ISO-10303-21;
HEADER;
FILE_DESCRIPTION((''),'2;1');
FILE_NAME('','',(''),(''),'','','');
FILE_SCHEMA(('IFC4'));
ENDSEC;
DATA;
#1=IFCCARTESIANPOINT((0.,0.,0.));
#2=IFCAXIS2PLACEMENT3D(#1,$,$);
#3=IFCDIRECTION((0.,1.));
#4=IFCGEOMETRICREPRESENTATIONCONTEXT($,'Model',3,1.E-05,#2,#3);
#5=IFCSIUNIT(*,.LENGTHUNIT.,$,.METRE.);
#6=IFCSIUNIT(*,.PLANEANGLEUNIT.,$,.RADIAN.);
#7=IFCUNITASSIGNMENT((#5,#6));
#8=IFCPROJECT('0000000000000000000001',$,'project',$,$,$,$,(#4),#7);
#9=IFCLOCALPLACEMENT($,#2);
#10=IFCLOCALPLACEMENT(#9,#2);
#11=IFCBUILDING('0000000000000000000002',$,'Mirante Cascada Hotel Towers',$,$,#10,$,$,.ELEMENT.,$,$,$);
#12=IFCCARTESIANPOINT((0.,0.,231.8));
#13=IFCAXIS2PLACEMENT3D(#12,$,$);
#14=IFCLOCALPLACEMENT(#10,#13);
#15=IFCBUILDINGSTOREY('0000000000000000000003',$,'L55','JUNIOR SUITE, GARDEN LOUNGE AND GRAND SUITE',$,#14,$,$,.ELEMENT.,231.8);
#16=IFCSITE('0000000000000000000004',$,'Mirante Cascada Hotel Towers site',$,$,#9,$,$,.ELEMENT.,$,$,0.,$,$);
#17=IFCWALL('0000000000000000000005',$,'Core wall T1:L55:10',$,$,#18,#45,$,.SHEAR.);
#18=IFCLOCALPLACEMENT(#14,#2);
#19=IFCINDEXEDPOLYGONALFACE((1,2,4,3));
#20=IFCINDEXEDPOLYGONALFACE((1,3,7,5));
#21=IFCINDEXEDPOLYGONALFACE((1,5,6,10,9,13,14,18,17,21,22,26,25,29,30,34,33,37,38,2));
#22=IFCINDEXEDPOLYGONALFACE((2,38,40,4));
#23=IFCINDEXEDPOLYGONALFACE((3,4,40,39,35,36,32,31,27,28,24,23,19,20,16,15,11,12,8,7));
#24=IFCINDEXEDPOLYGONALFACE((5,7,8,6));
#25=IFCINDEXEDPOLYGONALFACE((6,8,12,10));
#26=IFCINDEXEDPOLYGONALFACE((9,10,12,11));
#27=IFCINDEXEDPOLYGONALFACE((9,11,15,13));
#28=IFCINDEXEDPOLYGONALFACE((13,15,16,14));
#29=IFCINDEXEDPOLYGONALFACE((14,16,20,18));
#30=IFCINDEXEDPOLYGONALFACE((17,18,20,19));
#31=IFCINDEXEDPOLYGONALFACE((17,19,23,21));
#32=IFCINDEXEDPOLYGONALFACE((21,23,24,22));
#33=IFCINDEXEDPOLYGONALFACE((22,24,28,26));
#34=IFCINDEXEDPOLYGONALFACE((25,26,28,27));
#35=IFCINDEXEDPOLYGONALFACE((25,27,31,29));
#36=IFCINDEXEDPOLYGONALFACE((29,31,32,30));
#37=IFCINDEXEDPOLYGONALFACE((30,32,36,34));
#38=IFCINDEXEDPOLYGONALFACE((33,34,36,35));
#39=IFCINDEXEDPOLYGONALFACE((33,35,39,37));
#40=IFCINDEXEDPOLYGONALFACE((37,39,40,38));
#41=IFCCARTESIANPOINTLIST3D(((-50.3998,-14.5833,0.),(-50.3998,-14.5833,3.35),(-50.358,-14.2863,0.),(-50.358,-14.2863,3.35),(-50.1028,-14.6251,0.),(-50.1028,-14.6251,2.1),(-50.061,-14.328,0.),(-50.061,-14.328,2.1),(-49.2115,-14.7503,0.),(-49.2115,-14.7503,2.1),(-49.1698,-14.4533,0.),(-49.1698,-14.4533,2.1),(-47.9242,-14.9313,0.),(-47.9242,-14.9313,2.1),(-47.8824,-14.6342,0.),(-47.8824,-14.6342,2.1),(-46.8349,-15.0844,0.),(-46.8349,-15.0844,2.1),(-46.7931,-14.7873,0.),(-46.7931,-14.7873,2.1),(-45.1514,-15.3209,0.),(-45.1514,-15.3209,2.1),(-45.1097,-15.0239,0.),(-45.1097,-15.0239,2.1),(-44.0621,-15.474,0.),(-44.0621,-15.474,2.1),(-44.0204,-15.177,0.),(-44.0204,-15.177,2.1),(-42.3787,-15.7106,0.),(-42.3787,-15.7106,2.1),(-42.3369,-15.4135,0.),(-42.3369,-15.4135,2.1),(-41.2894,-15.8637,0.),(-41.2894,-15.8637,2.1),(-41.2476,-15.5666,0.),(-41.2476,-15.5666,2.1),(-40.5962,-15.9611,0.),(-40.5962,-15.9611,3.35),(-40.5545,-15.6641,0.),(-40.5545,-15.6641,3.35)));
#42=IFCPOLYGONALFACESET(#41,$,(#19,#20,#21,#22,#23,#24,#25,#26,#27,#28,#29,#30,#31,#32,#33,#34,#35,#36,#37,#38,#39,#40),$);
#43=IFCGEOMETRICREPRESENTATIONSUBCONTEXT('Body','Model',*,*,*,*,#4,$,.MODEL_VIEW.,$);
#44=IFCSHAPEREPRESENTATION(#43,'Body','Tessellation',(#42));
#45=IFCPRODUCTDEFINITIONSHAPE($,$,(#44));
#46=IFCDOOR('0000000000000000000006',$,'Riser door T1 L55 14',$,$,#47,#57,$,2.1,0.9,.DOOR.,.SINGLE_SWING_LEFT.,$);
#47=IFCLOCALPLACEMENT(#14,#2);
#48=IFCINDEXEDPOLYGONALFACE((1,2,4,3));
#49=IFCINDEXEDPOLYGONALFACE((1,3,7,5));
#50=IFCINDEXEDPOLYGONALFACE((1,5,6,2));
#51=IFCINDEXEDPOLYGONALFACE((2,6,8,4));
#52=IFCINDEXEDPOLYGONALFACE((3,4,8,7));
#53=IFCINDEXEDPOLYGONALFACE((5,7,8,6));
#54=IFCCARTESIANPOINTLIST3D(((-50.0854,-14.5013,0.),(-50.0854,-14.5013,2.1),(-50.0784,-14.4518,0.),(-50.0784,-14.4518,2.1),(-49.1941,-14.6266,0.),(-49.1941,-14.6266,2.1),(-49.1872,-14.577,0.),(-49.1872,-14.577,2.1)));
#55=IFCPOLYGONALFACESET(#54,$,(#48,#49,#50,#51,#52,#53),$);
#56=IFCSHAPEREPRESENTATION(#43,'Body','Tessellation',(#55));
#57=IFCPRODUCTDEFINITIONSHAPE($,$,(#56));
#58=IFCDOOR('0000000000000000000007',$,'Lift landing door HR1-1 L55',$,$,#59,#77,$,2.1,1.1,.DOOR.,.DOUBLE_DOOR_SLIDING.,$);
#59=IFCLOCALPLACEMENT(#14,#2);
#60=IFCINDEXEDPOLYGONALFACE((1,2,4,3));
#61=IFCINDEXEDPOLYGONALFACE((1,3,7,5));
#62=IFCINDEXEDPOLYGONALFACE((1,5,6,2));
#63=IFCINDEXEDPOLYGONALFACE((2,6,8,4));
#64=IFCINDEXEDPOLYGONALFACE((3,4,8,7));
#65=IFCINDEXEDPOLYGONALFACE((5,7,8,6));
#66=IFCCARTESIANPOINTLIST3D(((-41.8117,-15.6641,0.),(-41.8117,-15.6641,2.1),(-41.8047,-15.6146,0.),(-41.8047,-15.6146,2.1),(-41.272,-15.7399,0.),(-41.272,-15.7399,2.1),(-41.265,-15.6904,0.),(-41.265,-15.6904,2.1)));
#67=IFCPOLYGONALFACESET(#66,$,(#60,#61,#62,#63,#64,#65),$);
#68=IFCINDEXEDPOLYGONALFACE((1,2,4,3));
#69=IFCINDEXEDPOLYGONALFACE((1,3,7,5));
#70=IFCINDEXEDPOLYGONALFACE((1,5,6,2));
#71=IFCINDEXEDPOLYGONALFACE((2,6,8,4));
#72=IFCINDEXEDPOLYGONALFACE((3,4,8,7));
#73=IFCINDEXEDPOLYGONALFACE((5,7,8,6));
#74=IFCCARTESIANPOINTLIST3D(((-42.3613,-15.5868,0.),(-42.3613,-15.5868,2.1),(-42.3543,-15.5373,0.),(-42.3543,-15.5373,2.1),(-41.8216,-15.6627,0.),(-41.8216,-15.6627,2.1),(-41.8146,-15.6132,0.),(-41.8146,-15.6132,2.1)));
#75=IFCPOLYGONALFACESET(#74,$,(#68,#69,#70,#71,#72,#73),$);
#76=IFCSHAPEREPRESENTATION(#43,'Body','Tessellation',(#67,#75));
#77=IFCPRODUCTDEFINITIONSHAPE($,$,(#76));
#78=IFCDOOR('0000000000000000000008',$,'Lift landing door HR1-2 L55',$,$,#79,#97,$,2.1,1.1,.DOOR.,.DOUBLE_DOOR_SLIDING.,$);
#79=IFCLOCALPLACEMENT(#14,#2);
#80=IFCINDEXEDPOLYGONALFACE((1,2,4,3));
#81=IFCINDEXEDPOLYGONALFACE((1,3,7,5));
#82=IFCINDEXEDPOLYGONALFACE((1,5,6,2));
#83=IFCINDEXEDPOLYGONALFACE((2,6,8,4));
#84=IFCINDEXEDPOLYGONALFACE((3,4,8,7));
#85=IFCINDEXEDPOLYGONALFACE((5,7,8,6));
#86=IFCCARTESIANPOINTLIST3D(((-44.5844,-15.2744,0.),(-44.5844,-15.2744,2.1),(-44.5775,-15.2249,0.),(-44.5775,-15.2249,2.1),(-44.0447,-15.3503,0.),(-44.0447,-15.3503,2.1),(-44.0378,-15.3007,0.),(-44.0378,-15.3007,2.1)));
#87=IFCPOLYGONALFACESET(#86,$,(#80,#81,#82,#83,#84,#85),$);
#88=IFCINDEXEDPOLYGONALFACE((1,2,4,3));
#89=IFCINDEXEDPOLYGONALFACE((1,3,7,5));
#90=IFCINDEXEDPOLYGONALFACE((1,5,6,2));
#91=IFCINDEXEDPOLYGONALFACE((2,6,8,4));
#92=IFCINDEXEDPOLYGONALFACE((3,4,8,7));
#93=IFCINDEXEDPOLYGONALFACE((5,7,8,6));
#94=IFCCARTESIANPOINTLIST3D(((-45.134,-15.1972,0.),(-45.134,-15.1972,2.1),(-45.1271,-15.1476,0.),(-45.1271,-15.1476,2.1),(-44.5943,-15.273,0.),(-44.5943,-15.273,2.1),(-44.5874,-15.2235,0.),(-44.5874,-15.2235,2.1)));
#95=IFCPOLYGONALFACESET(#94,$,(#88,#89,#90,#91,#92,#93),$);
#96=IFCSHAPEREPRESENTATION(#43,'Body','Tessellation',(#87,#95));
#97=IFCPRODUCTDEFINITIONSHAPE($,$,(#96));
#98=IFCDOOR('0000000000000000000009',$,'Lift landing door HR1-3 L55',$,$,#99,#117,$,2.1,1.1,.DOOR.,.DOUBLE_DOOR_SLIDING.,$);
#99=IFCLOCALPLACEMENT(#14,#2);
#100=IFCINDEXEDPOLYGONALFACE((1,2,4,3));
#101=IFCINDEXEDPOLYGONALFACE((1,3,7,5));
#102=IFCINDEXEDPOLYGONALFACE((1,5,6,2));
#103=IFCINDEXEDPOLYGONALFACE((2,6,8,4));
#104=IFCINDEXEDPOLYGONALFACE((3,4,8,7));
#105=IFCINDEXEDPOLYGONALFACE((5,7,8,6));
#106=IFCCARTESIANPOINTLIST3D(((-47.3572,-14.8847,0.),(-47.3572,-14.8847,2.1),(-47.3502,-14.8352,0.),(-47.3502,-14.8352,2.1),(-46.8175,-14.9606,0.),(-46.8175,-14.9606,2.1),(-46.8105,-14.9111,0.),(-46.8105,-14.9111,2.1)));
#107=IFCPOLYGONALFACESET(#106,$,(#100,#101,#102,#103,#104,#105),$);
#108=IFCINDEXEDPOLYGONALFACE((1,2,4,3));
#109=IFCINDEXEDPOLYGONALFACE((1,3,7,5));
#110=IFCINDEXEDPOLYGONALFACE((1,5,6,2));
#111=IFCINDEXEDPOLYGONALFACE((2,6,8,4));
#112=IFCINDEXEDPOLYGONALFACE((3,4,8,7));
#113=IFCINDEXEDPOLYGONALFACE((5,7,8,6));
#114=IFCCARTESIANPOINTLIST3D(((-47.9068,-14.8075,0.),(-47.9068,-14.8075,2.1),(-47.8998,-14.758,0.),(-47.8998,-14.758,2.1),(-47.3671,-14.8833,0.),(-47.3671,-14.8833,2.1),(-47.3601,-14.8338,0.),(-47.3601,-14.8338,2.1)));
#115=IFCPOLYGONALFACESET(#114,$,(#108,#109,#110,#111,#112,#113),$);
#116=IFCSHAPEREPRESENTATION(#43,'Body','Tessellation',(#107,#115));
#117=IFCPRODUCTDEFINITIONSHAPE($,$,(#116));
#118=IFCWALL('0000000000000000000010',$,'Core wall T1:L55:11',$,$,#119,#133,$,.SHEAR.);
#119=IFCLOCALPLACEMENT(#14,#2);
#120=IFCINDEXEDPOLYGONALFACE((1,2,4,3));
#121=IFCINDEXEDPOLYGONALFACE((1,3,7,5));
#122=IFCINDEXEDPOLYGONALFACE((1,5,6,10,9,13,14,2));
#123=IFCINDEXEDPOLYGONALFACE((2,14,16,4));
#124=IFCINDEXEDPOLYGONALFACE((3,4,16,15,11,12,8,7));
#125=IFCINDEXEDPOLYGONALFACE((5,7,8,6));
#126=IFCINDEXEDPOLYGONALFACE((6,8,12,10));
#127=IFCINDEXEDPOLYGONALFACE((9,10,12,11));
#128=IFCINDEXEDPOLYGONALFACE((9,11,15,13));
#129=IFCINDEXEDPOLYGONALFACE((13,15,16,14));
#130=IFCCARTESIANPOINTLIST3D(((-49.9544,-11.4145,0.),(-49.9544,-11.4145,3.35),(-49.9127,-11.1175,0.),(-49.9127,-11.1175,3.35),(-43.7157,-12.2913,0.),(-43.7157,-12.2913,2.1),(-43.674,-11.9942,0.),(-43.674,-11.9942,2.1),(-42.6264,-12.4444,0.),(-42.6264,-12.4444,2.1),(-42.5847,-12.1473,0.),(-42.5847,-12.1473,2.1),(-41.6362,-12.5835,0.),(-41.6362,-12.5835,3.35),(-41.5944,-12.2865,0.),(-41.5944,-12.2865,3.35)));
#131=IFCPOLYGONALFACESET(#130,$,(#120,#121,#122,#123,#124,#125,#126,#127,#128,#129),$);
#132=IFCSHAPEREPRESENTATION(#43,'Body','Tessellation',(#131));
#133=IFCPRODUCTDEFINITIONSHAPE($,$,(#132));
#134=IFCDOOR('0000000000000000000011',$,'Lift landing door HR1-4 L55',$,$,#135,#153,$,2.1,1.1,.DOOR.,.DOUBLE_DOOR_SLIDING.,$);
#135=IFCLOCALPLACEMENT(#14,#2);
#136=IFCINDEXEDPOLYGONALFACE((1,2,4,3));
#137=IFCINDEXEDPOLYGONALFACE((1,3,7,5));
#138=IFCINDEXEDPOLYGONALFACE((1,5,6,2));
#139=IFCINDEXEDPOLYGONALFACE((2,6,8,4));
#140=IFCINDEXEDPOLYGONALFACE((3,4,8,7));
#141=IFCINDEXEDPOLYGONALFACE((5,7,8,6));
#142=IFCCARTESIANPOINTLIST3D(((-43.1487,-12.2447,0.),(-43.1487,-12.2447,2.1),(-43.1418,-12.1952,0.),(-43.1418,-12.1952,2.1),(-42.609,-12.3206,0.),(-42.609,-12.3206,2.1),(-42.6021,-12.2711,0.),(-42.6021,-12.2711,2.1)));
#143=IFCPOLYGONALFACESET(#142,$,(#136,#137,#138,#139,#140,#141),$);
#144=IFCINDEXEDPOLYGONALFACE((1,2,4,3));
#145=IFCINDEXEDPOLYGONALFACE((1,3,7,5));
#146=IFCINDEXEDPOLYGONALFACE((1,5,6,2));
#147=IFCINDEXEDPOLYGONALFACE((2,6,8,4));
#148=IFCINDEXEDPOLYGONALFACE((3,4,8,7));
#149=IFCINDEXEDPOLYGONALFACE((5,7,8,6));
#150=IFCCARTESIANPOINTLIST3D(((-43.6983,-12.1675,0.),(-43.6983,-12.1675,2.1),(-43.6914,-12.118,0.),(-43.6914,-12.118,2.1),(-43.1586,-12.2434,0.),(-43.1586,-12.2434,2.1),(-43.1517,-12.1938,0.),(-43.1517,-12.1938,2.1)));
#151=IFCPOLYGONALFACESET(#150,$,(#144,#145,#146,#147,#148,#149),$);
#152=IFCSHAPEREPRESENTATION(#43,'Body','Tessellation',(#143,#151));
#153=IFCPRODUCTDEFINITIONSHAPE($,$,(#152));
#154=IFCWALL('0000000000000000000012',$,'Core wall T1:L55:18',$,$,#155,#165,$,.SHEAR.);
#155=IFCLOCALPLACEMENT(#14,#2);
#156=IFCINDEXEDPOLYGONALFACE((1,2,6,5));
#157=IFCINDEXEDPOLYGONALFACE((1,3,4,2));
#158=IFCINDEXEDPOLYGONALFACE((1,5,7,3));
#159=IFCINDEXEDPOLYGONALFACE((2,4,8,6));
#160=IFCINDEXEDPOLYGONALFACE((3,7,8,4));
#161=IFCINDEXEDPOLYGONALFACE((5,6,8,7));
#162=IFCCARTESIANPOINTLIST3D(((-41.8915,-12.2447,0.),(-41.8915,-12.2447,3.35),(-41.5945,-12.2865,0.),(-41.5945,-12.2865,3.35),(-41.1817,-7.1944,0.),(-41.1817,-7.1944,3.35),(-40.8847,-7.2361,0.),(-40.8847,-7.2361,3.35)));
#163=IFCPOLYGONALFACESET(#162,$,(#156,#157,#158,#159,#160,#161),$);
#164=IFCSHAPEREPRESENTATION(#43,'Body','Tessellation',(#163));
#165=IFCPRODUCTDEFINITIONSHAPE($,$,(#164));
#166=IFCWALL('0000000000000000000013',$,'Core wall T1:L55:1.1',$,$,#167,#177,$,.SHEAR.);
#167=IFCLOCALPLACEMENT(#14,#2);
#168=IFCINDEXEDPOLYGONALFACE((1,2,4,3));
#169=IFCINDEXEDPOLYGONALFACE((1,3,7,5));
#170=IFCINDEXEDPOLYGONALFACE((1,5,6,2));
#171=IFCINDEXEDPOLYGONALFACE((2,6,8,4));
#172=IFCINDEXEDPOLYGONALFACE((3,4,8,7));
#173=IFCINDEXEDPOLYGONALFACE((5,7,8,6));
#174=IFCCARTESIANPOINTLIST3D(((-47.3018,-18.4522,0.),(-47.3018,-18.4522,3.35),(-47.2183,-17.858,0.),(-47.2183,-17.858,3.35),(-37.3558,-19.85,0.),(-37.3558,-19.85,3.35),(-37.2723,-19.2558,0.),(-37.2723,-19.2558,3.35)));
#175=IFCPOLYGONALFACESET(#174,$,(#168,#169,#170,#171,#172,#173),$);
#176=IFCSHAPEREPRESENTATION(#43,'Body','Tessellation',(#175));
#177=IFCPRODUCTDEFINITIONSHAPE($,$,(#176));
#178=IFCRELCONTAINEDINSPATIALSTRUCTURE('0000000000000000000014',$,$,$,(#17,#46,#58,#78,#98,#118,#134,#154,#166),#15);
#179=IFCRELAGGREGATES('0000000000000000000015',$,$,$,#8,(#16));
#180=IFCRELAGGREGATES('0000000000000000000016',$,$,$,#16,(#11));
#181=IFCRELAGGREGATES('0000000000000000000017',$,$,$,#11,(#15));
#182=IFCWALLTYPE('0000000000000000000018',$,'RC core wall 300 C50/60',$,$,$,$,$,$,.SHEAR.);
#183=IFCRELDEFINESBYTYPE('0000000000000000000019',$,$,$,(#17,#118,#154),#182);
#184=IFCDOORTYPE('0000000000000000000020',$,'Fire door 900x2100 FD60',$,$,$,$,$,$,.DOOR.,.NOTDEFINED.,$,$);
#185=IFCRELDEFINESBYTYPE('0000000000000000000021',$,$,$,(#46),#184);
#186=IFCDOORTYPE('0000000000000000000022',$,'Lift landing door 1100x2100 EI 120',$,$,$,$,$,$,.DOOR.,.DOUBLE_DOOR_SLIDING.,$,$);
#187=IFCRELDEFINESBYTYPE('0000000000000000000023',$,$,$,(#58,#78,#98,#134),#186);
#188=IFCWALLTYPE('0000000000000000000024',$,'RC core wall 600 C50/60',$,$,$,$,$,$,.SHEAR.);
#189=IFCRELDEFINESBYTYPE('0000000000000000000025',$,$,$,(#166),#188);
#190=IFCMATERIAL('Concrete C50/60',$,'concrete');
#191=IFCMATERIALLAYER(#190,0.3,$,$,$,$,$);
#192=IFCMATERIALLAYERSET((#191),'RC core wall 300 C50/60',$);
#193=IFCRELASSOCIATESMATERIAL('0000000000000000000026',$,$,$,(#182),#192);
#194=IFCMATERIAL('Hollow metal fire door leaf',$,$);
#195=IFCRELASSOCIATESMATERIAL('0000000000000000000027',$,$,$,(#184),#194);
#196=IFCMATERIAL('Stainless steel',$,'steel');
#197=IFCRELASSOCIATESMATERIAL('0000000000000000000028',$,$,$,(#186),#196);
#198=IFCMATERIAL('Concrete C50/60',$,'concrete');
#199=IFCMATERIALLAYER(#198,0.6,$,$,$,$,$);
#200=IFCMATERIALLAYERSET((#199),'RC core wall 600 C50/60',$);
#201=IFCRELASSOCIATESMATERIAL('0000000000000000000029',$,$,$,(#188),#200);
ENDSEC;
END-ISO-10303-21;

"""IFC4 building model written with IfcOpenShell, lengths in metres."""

from ifc_helpers import new_model, si_unit, direction, frame, frame_2d, origin, place, context, subcontext, project, spatial, rectangle, extrude, material, layer, layer_set, type_object, element, fill, save


model = new_model("IFC4")

# Units and contexts
model_context = context("Model", 3, precision=1e-05, world=origin(), true_north=direction((0.0, 1.0)))
body_context = subcontext(model_context, "Body", "Model", "MODEL_VIEW")
ifc_project = project(units=[si_unit("LENGTHUNIT", "METRE"), si_unit("PLANEANGLEUNIT", "RADIAN")], contexts=[model_context])

# Site, building, storey
site_placement = place(None, origin())
site = spatial("IfcSite", under=ifc_project, at=site_placement, Name="Mirante Cascada Hotel Towers site", CompositionType="ELEMENT", RefElevation=0.0)
building_placement = place(site_placement, origin())
building = spatial("IfcBuilding", under=site, at=building_placement, Name="Mirante Cascada Hotel Towers", CompositionType="ELEMENT")
storey_placement = place(building_placement, frame((0.0, 0.0, 231.8)))
storey = spatial("IfcBuildingStorey", under=building, at=storey_placement, Name="L55", Description="JUNIOR SUITE, GARDEN LOUNGE AND GRAND SUITE", CompositionType="ELEMENT", Elevation=231.8)

# Shared definitions
ifc_material_1 = material(Name="Concrete C50/60", Category="concrete")
ifc_layer_1 = layer(ifc_material_1, 0.3)
ifc_layer_set_1 = layer_set([ifc_layer_1], Name="RC core wall 300 C50/60")
wall_type_1 = type_object("IfcWallType", Name="RC core wall 300 C50/60", PredefinedType="SHEAR", material=ifc_layer_set_1)

# Wall, openings, doors
wall_1_placement = place(storey_placement, frame((-40.5753, -15.8126, 0.0), z_axis=(0.0, 0.0, 1.0), x_axis=(-0.990268, 0.139173, 0.0)))
wall_1 = element("IfcWall", 1, at=wall_1_placement, inside=storey, type_object=wall_type_1, Name="Core wall T1:L55:10", PredefinedType="SHEAR", context=body_context, shape_type="SweptSolid", body=[
    extrude(rectangle(XDim=9.8999, YDim=0.3, at=frame_2d((4.95, 0.0))), origin(), (0.0, 0.0, 1.0), 3.35),
])
opening_1_placement = place(wall_1_placement, frame((0.7, 0.0, 0.0)))
opening_1 = element("IfcOpeningElement", 2, at=opening_1_placement, cuts=wall_1, PredefinedType="OPENING", context=body_context, shape_type="SweptSolid", body=[
    extrude(rectangle(XDim=1.1, YDim=2.1, at=frame_2d((0.55, 1.05))), frame((0.0, 0.15, 0.0), z_axis=(0.0, -1.0, 0.0), x_axis=(1.0, 0.0, 0.0)), (0.0, 0.0, 1.0), 0.3),
])
opening_2_placement = place(wall_1_placement, frame((3.5, 0.0, 0.0)))
opening_2 = element("IfcOpeningElement", 3, at=opening_2_placement, cuts=wall_1, PredefinedType="OPENING", context=body_context, shape_type="SweptSolid", body=[
    extrude(rectangle(XDim=1.1, YDim=2.1, at=frame_2d((0.55, 1.05))), frame((0.0, 0.15, 0.0), z_axis=(0.0, -1.0, 0.0), x_axis=(1.0, 0.0, 0.0)), (0.0, 0.0, 1.0), 0.3),
])
opening_3_placement = place(wall_1_placement, frame((6.3, 0.0, 0.0)))
opening_3 = element("IfcOpeningElement", 4, at=opening_3_placement, cuts=wall_1, PredefinedType="OPENING", context=body_context, shape_type="SweptSolid", body=[
    extrude(rectangle(XDim=1.1, YDim=2.1, at=frame_2d((0.55, 1.05))), frame((0.0, 0.15, 0.0), z_axis=(0.0, -1.0, 0.0), x_axis=(1.0, 0.0, 0.0)), (0.0, 0.0, 1.0), 0.3),
])
opening_4_placement = place(wall_1_placement, frame((8.7, 0.0, 0.0)))
opening_4 = element("IfcOpeningElement", 5, at=opening_4_placement, cuts=wall_1, PredefinedType="OPENING", context=body_context, shape_type="SweptSolid", body=[
    extrude(rectangle(XDim=0.9, YDim=2.1, at=frame_2d((0.45, 1.05))), frame((0.0, 0.15, 0.0), z_axis=(0.0, -1.0, 0.0), x_axis=(1.0, 0.0, 0.0)), (0.0, 0.0, 1.0), 0.3),
])
ifc_material_2 = material(Name="Hollow metal fire door leaf")
door_type_1 = type_object("IfcDoorType", Name="Fire door 900x2100 FD60", OperationType="NOTDEFINED", PredefinedType="DOOR", material=ifc_material_2)
door_1_placement = place(opening_4_placement, origin())
door_1 = element("IfcDoor", 6, at=door_1_placement, inside=storey, type_object=door_type_1, Name="Riser door T1 L55 14", OperationType="SINGLE_SWING_LEFT", OverallHeight=2.1, OverallWidth=0.9, PredefinedType="DOOR", context=body_context, shape_type="SweptSolid", body=[
    extrude(rectangle(XDim=0.9, YDim=2.1, at=frame_2d((0.45, 1.05))), frame((0.0, 0.025, 0.0), z_axis=(0.0, -1.0, 0.0), x_axis=(1.0, 0.0, 0.0)), (0.0, 0.0, 1.0), 0.05),
])
fill(opening_4, door_1)
ifc_material_3 = material(Name="Stainless steel", Category="steel")
door_type_2 = type_object("IfcDoorType", Name="Lift landing door 1100x2100 EI 120", OperationType="DOUBLE_DOOR_SLIDING", PredefinedType="DOOR", material=ifc_material_3)
door_2_placement = place(opening_1_placement, origin())
door_2 = element("IfcDoor", 7, at=door_2_placement, inside=storey, type_object=door_type_2, Name="Lift landing door HR1-1 L55", OperationType="DOUBLE_DOOR_SLIDING", OverallHeight=2.1, OverallWidth=1.1, PredefinedType="DOOR", context=body_context, shape_type="SweptSolid", body=[
    extrude(rectangle(XDim=0.545, YDim=2.1, at=frame_2d((0.2725, 1.05))), frame((0.0, 0.025, 0.0), z_axis=(0.0, -1.0, 0.0), x_axis=(1.0, 0.0, 0.0)), (0.0, 0.0, 1.0), 0.05),
    extrude(rectangle(XDim=0.545, YDim=2.1, at=frame_2d((0.8275, 1.05))), frame((0.0, 0.025, 0.0), z_axis=(0.0, -1.0, 0.0), x_axis=(1.0, 0.0, 0.0)), (0.0, 0.0, 1.0), 0.05),
])
fill(opening_1, door_2)
door_3_placement = place(opening_2_placement, origin())
door_3 = element("IfcDoor", 8, at=door_3_placement, inside=storey, type_object=door_type_2, Name="Lift landing door HR1-2 L55", OperationType="DOUBLE_DOOR_SLIDING", OverallHeight=2.1, OverallWidth=1.1, PredefinedType="DOOR", context=body_context, shape_type="SweptSolid", body=[
    extrude(rectangle(XDim=0.545, YDim=2.1, at=frame_2d((0.2725, 1.05))), frame((0.0, 0.025, 0.0), z_axis=(0.0, -1.0, 0.0), x_axis=(1.0, 0.0, 0.0)), (0.0, 0.0, 1.0), 0.05),
    extrude(rectangle(XDim=0.545, YDim=2.1, at=frame_2d((0.8275, 1.05))), frame((0.0, 0.025, 0.0), z_axis=(0.0, -1.0, 0.0), x_axis=(1.0, 0.0, 0.0)), (0.0, 0.0, 1.0), 0.05),
])
fill(opening_2, door_3)
door_4_placement = place(opening_3_placement, origin())
door_4 = element("IfcDoor", 9, at=door_4_placement, inside=storey, type_object=door_type_2, Name="Lift landing door HR1-3 L55", OperationType="DOUBLE_DOOR_SLIDING", OverallHeight=2.1, OverallWidth=1.1, PredefinedType="DOOR", context=body_context, shape_type="SweptSolid", body=[
    extrude(rectangle(XDim=0.545, YDim=2.1, at=frame_2d((0.2725, 1.05))), frame((0.0, 0.025, 0.0), z_axis=(0.0, -1.0, 0.0), x_axis=(1.0, 0.0, 0.0)), (0.0, 0.0, 1.0), 0.05),
    extrude(rectangle(XDim=0.545, YDim=2.1, at=frame_2d((0.8275, 1.05))), frame((0.0, 0.025, 0.0), z_axis=(0.0, -1.0, 0.0), x_axis=(1.0, 0.0, 0.0)), (0.0, 0.0, 1.0), 0.05),
])
fill(opening_3, door_4)

# Wall, opening, door
wall_2_placement = place(storey_placement, frame((-41.6153, -12.435, 0.0), z_axis=(0.0, 0.0, 1.0), x_axis=(-0.990269, 0.139166, 0.0)))
wall_2 = element("IfcWall", 10, at=wall_2_placement, inside=storey, type_object=wall_type_1, Name="Core wall T1:L55:11", PredefinedType="SHEAR", context=body_context, shape_type="SweptSolid", body=[
    extrude(rectangle(XDim=8.4, YDim=0.3, at=frame_2d((4.2, 0.0))), origin(), (0.0, 0.0, 1.0), 3.35),
])
opening_5_placement = place(wall_2_placement, frame((1.0, 0.0, 0.0)))
opening_5 = element("IfcOpeningElement", 11, at=opening_5_placement, cuts=wall_2, PredefinedType="OPENING", context=body_context, shape_type="SweptSolid", body=[
    extrude(rectangle(XDim=1.1, YDim=2.1, at=frame_2d((0.55, 1.05))), frame((0.0, 0.15, 0.0), z_axis=(0.0, -1.0, 0.0), x_axis=(1.0, 0.0, 0.0)), (0.0, 0.0, 1.0), 0.3),
])
door_5_placement = place(opening_5_placement, origin())
door_5 = element("IfcDoor", 12, at=door_5_placement, inside=storey, type_object=door_type_2, Name="Lift landing door HR1-4 L55", OperationType="DOUBLE_DOOR_SLIDING", OverallHeight=2.1, OverallWidth=1.1, PredefinedType="DOOR", context=body_context, shape_type="SweptSolid", body=[
    extrude(rectangle(XDim=0.545, YDim=2.1, at=frame_2d((0.2725, 1.05))), frame((0.0, 0.025, 0.0), z_axis=(0.0, -1.0, 0.0), x_axis=(1.0, 0.0, 0.0)), (0.0, 0.0, 1.0), 0.05),
    extrude(rectangle(XDim=0.545, YDim=2.1, at=frame_2d((0.8275, 1.05))), frame((0.0, 0.025, 0.0), z_axis=(0.0, -1.0, 0.0), x_axis=(1.0, 0.0, 0.0)), (0.0, 0.0, 1.0), 0.05),
])
fill(opening_5, door_5)

# Walls
wall_3_placement = place(storey_placement, frame((-41.743, -12.2656, 0.0), z_axis=(0.0, 0.0, 1.0), x_axis=(0.139176, 0.990268, 0.0)))
element("IfcWall", 13, at=wall_3_placement, inside=storey, type_object=wall_type_1, Name="Core wall T1:L55:18", PredefinedType="SHEAR", context=body_context, shape_type="SweptSolid", body=[
    extrude(rectangle(XDim=5.1, YDim=0.3, at=frame_2d((2.55, 0.0))), origin(), (0.0, 0.0, 1.0), 3.35),
])
ifc_material_4 = material(Name="Concrete C50/60", Category="concrete")
ifc_layer_2 = layer(ifc_material_4, 0.6)
ifc_layer_set_2 = layer_set([ifc_layer_2], Name="RC core wall 600 C50/60")
wall_type_2 = type_object("IfcWallType", Name="RC core wall 600 C50/60", PredefinedType="SHEAR", material=ifc_layer_set_2)
wall_4_placement = place(storey_placement, frame((-37.3141, -19.5529, 0.0), z_axis=(0.0, 0.0, 1.0), x_axis=(-0.990268, 0.139171, 0.0)))
element("IfcWall", 14, at=wall_4_placement, inside=storey, type_object=wall_type_2, Name="Core wall T1:L55:1.1", PredefinedType="SHEAR", context=body_context, shape_type="SweptSolid", body=[
    extrude(rectangle(XDim=10.0437, YDim=0.6, at=frame_2d((5.0218, 0.0))), origin(), (0.0, 0.0, 1.0), 3.35),
])

save(model, "model.ifc")
